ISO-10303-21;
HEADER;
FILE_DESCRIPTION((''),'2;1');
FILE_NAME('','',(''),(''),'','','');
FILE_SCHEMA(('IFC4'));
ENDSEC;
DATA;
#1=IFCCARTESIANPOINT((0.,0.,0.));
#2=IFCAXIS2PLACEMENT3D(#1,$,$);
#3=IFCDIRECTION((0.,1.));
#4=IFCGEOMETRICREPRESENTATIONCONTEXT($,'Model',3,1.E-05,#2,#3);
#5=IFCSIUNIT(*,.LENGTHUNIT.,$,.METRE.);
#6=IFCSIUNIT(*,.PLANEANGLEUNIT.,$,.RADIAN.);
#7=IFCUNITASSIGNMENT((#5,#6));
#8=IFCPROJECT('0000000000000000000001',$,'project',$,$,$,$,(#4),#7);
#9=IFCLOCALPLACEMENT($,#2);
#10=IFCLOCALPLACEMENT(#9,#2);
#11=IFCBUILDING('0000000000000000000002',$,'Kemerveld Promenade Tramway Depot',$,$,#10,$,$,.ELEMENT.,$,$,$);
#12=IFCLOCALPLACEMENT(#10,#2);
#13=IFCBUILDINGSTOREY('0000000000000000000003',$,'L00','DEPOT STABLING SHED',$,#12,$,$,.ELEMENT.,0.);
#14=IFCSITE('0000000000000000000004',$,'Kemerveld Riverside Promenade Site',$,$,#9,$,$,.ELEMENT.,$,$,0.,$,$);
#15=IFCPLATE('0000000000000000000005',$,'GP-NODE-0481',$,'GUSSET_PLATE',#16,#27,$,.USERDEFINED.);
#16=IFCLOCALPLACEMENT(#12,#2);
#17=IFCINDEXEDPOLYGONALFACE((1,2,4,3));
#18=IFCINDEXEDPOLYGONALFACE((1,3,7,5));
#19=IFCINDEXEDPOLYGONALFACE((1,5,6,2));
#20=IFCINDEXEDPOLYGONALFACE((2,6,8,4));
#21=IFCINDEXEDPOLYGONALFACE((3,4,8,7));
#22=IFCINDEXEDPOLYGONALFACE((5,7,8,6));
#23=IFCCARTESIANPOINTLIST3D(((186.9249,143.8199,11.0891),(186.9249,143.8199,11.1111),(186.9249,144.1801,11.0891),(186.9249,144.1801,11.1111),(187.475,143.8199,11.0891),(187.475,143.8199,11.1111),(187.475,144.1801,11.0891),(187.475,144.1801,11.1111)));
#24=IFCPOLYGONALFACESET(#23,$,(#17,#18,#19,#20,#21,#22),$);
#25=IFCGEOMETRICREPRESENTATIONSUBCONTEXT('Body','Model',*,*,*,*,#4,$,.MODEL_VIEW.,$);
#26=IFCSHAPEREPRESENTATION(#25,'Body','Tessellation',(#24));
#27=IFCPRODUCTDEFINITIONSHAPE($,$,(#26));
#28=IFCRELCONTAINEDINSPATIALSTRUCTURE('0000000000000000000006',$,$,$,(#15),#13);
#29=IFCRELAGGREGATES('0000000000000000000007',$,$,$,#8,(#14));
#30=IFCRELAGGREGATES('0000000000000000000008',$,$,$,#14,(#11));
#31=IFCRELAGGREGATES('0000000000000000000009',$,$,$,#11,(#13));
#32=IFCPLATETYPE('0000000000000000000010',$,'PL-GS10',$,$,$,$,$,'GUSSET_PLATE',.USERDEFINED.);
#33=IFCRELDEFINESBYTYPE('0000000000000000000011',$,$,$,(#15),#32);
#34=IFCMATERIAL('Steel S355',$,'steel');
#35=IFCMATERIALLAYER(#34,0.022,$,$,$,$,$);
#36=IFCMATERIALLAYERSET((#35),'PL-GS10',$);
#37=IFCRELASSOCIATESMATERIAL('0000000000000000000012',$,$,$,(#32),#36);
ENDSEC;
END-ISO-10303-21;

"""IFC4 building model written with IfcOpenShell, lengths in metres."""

from ifc_helpers import new_model, si_unit, direction, frame, origin, origin_2d, place, context, subcontext, project, spatial, rectangle, extrude, material, layer, layer_set, type_object, element, save


model = new_model("IFC4")

# Units and contexts
model_context = context("Model", 3, precision=1e-05, world=origin(), true_north=direction((0.0, 1.0)))
body_context = subcontext(model_context, "Body", "Model", "MODEL_VIEW")
ifc_project = project(units=[si_unit("LENGTHUNIT", "METRE"), si_unit("PLANEANGLEUNIT", "RADIAN")], contexts=[model_context])

# Site, building, storey
site_placement = place(None, origin())
site = spatial("IfcSite", under=ifc_project, at=site_placement, Name="Kemerveld Riverside Promenade Site", CompositionType="ELEMENT", RefElevation=0.0)
building_placement = place(site_placement, origin())
building = spatial("IfcBuilding", under=site, at=building_placement, Name="Kemerveld Promenade Tramway Depot", CompositionType="ELEMENT")
storey_placement = place(building_placement, origin())
storey = spatial("IfcBuildingStorey", under=building, at=storey_placement, Name="L00", Description="DEPOT STABLING SHED", CompositionType="ELEMENT", Elevation=0.0)

# Shared definitions
ifc_material_1 = material(Name="Steel S355", Category="steel")

# Plate
ifc_layer_1 = layer(ifc_material_1, 0.022)
ifc_layer_set_1 = layer_set([ifc_layer_1], Name="PL-GS10")
plate_type_1 = type_object("IfcPlateType", Name="PL-GS10", ElementType="GUSSET_PLATE", PredefinedType="USERDEFINED", material=ifc_layer_set_1)
plate_1_placement = place(storey_placement, frame((187.2, 144.0, 11.0891), z_axis=(0.0, 0.0, 1.0), x_axis=(1.0, 0.0, 0.0)))
element("IfcPlate", 1, at=plate_1_placement, inside=storey, type_object=plate_type_1, Name="GP-NODE-0481", ObjectType="GUSSET_PLATE", PredefinedType="USERDEFINED", context=body_context, shape_type="SweptSolid", body=[
    extrude(rectangle(XDim=0.55, YDim=0.3601, at=origin_2d()), origin(), (0.0, 0.0, 1.0), 0.022),
])

save(model, "model.ifc")
